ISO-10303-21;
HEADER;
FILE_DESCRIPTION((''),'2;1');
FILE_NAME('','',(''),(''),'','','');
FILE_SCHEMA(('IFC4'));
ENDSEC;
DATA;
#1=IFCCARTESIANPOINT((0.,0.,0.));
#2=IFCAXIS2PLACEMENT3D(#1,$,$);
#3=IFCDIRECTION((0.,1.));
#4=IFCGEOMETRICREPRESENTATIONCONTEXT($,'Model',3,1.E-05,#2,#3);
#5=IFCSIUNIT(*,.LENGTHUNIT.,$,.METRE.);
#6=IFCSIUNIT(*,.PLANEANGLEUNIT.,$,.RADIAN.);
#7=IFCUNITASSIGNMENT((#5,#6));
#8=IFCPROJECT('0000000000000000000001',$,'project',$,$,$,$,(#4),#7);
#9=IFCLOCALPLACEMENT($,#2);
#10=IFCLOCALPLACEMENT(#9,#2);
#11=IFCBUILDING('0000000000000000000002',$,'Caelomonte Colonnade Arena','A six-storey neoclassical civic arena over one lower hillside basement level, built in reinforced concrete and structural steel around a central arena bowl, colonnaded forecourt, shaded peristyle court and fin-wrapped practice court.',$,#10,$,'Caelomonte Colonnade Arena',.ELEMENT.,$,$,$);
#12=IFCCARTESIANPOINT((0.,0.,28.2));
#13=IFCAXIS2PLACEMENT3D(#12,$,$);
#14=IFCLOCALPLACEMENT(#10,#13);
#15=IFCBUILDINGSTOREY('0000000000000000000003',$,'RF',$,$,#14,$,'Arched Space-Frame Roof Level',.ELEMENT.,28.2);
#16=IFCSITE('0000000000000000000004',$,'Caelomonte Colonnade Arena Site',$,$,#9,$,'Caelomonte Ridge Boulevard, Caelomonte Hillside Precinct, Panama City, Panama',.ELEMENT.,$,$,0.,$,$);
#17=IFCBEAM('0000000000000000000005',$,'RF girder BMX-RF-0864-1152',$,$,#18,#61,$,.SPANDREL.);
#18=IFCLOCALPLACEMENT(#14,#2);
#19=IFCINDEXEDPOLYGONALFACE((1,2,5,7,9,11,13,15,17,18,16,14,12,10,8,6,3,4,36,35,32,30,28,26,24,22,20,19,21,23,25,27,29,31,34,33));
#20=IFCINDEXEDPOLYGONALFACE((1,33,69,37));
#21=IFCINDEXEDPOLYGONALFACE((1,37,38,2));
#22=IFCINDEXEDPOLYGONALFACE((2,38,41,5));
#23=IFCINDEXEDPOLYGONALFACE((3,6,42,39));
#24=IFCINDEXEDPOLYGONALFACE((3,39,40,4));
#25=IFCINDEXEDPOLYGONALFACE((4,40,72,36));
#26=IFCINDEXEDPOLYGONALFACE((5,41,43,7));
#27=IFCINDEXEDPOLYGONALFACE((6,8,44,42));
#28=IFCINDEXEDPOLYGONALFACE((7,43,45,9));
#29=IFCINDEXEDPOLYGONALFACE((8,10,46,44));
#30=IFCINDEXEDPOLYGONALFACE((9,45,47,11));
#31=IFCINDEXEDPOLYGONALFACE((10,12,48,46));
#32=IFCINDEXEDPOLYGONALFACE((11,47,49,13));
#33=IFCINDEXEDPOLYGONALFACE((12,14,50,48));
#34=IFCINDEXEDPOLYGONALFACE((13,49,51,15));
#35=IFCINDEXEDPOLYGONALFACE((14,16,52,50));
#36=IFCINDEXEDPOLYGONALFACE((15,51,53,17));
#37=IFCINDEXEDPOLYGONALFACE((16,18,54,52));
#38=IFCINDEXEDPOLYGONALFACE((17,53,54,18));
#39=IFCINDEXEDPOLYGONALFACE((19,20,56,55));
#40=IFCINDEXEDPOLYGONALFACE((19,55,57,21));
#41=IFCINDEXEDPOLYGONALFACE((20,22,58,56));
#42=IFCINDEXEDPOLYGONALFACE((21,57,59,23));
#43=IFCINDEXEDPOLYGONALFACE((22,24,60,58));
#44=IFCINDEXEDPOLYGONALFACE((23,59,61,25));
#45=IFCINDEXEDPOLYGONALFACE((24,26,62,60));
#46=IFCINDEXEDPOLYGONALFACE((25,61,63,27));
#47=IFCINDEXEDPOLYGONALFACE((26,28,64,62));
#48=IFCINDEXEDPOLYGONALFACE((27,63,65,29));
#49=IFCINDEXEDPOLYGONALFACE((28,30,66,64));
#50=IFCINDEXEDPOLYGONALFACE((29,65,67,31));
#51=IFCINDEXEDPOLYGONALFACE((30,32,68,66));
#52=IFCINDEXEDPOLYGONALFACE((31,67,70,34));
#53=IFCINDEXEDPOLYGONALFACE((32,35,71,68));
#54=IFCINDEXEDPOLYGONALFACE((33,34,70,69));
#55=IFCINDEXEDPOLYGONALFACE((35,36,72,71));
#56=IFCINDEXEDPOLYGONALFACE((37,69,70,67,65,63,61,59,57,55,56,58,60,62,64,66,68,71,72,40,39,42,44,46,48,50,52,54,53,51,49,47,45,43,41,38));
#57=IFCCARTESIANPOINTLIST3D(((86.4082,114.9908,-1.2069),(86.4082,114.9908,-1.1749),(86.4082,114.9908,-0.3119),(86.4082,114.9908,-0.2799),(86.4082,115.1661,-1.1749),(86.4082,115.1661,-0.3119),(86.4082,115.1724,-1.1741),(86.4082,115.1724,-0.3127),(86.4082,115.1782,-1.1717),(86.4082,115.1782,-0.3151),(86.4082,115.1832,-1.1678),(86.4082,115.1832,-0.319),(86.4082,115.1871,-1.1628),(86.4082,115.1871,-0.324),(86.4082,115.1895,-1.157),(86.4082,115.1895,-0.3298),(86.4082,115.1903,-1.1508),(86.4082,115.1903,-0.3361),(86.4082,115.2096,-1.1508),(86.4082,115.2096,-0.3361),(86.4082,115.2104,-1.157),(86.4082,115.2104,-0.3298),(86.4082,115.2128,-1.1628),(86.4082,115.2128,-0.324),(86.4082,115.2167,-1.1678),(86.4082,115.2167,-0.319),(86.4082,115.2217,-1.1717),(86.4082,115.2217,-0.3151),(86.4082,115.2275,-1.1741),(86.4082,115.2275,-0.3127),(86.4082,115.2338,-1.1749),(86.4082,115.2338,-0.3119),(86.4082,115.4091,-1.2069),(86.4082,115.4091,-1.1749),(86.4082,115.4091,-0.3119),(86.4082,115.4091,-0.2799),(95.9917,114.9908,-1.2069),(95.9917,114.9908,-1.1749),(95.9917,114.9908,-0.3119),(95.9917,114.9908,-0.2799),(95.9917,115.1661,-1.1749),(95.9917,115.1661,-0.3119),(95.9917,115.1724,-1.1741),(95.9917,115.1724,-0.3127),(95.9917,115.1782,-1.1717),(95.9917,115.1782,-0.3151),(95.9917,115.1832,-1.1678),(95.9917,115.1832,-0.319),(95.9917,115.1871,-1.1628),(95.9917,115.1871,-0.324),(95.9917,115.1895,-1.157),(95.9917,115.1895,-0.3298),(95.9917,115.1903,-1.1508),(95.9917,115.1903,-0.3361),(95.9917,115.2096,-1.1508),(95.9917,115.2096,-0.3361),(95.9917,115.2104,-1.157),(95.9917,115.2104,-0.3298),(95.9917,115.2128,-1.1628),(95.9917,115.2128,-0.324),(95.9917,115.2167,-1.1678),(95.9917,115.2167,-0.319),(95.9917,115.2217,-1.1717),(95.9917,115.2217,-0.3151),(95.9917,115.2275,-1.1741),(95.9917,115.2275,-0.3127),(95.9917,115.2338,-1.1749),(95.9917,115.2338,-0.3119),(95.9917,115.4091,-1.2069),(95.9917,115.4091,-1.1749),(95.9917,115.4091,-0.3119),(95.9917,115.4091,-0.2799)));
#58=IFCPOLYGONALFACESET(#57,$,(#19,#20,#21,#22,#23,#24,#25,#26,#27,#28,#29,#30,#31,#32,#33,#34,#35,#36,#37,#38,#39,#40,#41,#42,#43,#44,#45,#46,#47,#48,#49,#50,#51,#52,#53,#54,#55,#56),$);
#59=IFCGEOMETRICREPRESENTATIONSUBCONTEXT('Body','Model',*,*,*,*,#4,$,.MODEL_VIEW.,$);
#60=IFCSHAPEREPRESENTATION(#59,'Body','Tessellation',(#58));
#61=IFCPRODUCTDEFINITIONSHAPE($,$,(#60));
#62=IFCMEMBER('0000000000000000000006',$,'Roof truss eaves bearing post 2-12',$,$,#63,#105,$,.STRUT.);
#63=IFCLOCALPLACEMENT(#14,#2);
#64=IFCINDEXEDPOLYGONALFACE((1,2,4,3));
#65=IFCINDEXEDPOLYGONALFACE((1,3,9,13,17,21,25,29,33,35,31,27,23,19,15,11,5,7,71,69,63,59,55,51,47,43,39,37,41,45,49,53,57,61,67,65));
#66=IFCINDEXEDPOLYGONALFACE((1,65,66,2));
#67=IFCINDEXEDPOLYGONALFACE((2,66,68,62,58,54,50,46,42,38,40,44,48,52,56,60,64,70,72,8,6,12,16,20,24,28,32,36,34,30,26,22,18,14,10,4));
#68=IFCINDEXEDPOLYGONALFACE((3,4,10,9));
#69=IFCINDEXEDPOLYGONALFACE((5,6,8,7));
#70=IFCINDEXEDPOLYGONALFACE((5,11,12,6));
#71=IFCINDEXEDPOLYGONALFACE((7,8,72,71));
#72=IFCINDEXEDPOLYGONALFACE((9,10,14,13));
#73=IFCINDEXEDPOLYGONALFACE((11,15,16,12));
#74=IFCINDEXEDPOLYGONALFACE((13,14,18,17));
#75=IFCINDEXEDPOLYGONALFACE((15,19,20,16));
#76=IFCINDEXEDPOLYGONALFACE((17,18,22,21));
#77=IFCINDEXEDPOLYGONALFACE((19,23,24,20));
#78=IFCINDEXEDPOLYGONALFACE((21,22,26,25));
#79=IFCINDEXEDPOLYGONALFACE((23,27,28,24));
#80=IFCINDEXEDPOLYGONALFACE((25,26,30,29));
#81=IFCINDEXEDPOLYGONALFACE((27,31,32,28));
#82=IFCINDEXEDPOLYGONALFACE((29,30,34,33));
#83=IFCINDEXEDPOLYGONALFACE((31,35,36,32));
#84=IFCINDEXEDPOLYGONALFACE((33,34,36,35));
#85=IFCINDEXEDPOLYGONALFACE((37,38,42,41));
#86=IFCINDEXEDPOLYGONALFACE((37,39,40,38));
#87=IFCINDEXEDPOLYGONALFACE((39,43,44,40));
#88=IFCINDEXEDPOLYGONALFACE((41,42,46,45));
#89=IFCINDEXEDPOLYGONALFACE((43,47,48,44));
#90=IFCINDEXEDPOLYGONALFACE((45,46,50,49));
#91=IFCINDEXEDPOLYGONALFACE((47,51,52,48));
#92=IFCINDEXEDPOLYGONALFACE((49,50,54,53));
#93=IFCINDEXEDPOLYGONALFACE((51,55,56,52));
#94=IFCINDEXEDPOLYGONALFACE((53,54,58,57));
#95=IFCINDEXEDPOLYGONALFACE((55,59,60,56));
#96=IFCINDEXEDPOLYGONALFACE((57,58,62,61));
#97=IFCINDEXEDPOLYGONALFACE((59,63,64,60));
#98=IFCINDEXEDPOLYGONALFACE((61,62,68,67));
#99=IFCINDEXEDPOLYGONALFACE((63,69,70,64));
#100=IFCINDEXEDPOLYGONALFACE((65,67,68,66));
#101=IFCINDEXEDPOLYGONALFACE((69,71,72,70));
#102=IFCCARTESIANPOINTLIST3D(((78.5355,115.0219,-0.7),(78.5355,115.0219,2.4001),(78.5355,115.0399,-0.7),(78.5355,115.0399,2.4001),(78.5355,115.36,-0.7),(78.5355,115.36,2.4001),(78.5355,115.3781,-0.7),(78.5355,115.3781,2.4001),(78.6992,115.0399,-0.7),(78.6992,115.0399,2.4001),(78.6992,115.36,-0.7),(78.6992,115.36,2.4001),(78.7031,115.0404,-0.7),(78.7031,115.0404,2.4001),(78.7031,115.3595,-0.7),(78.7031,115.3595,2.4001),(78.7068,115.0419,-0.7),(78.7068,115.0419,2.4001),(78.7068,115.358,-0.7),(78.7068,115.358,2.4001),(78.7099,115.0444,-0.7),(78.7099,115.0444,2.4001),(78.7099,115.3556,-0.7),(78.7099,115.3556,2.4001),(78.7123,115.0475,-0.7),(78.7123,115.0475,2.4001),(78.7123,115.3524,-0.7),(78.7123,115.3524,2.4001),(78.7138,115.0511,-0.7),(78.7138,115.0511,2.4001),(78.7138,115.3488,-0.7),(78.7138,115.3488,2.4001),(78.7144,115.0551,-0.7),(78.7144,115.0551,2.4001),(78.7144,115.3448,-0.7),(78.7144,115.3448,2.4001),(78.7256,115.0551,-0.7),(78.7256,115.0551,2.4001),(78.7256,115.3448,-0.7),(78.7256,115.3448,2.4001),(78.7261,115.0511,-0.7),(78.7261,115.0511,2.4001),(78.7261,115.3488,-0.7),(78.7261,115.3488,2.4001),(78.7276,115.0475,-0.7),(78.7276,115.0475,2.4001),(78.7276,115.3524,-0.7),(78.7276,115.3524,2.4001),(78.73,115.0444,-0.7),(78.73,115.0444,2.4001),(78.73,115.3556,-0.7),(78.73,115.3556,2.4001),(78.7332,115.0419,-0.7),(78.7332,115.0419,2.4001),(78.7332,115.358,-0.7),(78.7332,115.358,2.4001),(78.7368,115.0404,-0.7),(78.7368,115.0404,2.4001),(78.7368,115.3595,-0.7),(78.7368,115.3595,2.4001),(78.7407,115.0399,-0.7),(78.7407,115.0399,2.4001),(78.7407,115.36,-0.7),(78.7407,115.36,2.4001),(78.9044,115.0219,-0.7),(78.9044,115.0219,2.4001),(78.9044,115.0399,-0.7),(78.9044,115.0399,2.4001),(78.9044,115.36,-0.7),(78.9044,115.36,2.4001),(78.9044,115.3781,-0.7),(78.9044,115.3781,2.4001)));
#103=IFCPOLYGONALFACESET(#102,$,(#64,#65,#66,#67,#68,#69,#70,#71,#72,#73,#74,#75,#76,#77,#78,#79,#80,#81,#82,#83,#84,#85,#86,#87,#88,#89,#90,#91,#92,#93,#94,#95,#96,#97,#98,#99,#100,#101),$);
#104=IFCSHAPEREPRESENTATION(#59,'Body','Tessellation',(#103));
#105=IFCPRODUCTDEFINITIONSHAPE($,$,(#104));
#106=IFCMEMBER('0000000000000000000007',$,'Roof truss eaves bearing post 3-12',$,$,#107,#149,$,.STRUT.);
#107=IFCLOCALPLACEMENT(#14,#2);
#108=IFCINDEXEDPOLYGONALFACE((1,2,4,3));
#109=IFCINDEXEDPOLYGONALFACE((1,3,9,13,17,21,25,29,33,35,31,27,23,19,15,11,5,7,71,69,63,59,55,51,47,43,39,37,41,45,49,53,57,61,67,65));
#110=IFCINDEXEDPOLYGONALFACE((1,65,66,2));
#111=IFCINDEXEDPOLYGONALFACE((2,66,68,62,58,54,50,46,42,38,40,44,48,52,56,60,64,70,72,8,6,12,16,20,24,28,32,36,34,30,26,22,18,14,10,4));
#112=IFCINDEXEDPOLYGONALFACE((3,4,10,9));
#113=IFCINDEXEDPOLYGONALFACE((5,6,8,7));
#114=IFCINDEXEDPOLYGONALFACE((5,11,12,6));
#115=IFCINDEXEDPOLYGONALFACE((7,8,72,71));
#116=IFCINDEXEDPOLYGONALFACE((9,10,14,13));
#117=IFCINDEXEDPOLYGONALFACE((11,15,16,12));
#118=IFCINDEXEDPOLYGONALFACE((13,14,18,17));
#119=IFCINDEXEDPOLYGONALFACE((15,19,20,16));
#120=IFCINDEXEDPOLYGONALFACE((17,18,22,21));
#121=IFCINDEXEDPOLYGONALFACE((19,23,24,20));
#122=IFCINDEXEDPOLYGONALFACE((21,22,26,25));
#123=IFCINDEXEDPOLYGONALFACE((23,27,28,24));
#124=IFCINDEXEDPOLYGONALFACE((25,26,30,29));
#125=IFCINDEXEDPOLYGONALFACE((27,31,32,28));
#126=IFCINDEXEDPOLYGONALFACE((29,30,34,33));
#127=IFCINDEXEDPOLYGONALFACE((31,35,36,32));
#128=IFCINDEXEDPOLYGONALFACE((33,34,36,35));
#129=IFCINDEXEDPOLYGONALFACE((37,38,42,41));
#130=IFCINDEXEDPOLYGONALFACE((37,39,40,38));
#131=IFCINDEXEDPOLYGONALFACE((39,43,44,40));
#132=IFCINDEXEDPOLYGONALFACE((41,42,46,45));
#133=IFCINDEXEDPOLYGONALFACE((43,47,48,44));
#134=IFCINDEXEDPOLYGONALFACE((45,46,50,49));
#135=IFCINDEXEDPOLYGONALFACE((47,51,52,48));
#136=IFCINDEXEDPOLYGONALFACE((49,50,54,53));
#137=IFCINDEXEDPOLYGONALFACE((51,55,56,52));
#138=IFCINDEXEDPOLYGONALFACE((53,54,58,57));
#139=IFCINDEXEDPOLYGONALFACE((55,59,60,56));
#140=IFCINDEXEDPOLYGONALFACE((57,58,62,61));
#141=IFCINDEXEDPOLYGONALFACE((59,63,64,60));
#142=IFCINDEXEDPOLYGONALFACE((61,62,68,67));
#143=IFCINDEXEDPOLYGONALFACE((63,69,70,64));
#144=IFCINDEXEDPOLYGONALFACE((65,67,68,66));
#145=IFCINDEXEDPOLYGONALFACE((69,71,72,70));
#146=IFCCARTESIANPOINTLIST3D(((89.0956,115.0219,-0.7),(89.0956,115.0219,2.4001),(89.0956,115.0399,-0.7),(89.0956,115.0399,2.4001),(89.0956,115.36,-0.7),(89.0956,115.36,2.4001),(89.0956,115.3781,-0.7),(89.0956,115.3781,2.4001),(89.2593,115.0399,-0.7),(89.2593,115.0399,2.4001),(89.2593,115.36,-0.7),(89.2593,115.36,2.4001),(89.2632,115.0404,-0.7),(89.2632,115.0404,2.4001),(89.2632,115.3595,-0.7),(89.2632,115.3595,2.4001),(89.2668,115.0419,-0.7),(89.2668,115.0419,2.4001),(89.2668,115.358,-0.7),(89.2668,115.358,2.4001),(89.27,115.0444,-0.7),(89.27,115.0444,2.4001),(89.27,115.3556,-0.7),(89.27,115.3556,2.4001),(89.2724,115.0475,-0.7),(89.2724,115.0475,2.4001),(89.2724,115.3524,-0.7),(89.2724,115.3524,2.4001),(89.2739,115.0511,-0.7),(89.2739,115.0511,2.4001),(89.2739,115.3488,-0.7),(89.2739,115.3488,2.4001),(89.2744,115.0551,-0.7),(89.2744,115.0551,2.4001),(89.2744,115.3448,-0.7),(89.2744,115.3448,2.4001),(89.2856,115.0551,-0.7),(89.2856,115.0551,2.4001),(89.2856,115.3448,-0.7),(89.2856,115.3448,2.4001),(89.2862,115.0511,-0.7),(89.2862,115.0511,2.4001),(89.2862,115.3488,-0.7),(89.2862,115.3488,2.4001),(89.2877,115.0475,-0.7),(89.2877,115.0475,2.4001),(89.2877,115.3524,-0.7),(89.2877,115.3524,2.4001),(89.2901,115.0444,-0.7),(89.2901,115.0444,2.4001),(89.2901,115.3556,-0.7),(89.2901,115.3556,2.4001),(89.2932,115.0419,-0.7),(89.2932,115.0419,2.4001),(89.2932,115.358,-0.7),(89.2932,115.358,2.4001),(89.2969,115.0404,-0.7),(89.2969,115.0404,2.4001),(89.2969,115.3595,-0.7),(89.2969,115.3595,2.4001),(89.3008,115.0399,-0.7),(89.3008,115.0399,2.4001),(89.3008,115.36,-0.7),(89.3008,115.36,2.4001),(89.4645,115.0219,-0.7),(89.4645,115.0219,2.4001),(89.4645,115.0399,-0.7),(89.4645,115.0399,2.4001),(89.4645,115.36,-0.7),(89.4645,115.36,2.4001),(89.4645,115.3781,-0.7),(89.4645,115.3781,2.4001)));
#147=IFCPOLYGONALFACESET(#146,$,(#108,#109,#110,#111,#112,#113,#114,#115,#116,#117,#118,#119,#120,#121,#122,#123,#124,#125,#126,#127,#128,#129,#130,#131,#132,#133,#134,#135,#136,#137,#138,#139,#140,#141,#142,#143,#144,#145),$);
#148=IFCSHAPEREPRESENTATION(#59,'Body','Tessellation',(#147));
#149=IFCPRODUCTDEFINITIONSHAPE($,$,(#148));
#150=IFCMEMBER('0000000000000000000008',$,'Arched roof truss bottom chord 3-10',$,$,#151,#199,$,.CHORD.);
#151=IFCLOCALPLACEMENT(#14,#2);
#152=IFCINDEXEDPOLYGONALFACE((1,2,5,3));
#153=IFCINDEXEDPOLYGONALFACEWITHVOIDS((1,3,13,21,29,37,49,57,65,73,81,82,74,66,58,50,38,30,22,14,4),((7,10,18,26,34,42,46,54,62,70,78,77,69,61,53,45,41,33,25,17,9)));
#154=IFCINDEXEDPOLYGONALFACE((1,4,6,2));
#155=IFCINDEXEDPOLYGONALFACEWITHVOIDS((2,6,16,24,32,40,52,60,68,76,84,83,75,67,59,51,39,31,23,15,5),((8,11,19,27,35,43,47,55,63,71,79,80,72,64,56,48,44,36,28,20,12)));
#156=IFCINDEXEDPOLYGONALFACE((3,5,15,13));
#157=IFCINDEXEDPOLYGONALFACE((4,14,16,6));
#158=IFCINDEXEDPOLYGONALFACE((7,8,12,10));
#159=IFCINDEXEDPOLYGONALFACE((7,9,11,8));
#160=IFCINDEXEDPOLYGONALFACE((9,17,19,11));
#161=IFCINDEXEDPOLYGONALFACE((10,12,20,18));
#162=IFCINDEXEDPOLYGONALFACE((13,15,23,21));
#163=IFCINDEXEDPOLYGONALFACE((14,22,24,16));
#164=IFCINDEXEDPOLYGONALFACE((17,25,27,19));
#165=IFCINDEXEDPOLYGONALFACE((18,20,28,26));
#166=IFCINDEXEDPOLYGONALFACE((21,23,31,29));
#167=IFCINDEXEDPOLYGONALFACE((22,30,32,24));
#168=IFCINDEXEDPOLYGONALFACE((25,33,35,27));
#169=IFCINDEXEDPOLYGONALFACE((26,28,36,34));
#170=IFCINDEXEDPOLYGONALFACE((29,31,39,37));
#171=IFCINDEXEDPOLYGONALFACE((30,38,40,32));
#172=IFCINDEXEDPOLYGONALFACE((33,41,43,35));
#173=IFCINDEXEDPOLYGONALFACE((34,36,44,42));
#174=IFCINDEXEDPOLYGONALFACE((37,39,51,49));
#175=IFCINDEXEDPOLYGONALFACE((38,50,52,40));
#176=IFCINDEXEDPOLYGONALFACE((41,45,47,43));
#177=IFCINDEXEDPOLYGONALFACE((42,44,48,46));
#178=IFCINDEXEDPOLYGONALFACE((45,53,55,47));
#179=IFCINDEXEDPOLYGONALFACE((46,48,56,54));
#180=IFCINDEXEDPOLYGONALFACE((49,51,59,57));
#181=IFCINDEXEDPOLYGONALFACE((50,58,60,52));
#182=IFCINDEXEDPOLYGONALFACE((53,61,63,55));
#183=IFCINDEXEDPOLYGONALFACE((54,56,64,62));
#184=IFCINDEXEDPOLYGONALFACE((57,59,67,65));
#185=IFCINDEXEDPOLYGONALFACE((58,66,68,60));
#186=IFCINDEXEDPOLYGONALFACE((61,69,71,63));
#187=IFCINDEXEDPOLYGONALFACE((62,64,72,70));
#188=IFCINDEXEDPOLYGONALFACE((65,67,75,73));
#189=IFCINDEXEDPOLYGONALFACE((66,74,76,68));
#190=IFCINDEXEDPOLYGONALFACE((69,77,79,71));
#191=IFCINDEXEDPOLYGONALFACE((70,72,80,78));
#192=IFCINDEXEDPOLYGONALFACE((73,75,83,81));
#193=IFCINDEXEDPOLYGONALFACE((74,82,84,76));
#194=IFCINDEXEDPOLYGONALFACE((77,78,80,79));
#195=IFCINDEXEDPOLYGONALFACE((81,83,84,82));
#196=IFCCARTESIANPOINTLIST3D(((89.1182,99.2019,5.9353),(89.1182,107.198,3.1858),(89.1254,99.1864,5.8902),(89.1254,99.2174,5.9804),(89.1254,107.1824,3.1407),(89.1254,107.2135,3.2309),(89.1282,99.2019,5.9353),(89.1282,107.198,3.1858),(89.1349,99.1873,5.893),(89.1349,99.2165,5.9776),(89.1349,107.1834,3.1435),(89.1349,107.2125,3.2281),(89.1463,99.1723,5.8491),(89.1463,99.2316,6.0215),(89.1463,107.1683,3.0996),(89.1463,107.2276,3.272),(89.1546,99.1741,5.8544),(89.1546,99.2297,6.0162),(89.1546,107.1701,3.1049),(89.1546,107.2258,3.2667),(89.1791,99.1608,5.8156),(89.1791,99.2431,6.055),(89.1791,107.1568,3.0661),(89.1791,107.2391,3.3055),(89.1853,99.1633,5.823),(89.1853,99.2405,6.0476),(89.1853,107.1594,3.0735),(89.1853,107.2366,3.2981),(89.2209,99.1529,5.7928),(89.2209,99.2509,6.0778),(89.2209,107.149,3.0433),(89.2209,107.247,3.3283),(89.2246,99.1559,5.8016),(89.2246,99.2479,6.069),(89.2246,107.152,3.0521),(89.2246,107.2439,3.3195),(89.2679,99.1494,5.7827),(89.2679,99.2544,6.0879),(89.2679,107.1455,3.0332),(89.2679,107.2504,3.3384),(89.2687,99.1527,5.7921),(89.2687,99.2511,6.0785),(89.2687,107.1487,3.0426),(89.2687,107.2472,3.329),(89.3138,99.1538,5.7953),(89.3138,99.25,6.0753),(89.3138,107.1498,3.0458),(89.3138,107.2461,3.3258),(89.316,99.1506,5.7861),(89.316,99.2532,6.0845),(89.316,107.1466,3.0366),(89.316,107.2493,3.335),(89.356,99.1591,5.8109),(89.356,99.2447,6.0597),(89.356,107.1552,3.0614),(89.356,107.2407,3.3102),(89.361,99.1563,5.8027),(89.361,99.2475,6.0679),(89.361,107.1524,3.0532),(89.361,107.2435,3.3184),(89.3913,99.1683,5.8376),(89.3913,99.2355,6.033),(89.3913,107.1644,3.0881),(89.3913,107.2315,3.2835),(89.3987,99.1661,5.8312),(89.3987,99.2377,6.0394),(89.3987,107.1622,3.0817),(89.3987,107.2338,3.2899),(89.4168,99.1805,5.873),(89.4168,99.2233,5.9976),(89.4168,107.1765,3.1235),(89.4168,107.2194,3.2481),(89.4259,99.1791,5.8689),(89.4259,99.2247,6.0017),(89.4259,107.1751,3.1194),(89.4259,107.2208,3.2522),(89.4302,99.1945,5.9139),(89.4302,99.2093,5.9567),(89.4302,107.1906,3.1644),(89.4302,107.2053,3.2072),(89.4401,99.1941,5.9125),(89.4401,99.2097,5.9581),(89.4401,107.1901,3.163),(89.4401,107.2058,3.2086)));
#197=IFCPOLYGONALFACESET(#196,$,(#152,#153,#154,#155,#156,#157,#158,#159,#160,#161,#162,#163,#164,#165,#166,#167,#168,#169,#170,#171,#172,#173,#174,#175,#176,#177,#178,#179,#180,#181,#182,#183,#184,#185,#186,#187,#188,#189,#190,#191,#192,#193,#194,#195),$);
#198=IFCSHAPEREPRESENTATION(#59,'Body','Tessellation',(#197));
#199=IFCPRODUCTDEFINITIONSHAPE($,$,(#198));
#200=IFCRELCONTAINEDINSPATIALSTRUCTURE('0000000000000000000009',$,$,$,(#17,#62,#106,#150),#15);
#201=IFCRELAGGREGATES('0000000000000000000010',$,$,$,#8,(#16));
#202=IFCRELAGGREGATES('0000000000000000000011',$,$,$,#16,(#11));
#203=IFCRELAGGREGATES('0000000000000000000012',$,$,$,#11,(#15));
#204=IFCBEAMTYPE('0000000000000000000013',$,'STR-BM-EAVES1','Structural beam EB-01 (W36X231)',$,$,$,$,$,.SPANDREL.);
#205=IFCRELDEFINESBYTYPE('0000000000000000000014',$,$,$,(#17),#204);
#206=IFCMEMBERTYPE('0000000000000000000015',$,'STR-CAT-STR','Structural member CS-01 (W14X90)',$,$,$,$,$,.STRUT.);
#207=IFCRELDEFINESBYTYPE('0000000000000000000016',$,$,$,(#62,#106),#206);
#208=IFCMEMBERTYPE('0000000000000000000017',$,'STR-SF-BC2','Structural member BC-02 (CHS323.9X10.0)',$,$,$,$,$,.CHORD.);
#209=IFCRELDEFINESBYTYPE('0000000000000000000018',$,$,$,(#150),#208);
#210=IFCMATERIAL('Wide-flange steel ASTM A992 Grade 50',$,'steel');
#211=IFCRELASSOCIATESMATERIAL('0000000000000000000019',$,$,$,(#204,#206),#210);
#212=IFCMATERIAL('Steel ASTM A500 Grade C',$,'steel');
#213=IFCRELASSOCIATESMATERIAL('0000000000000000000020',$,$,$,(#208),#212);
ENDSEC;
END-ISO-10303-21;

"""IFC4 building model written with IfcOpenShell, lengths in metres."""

from ifc_helpers import new_model, si_unit, direction, frame, origin, origin_2d, place, context, subcontext, project, spatial, hollow_circle, i_section, extrude, material, material_profile, profile_set, type_object, element, save


model = new_model("IFC4")

# Units and contexts
model_context = context("Model", 3, precision=1e-05, world=origin(), true_north=direction((0.0, 1.0)))
body_context = subcontext(model_context, "Body", "Model", "MODEL_VIEW")
ifc_project = project(units=[si_unit("LENGTHUNIT", "METRE"), si_unit("PLANEANGLEUNIT", "RADIAN")], contexts=[model_context])

# Site, building, storey
site_placement = place(None, origin())
site = spatial("IfcSite", under=ifc_project, at=site_placement, Name="Caelomonte Colonnade Arena Site", LongName="Caelomonte Ridge Boulevard, Caelomonte Hillside Precinct, Panama City, Panama", CompositionType="ELEMENT", RefElevation=0.0)
building_placement = place(site_placement, origin())
building = spatial("IfcBuilding", under=site, at=building_placement, Name="Caelomonte Colonnade Arena", Description="A six-storey neoclassical civic arena over one lower hillside basement level, built in reinforced concrete and structural steel around a central arena bowl, colonnaded forecourt, shaded peristyle court and fin-wrapped practice court.", LongName="Caelomonte Colonnade Arena", CompositionType="ELEMENT")
storey_placement = place(building_placement, frame((0.0, 0.0, 28.2)))
storey = spatial("IfcBuildingStorey", under=building, at=storey_placement, Name="RF", LongName="Arched Space-Frame Roof Level", CompositionType="ELEMENT", Elevation=28.2)

# Beam
ifc_material_1 = material(Name="Wide-flange steel ASTM A992 Grade 50", Category="steel")
ifc_material_profile_1 = material_profile(ifc_material_1, i_section(OverallWidth=0.4182, OverallDepth=0.927, WebThickness=0.0193, FlangeThickness=0.032, FilletRadius=0.0242, at=origin_2d()), Name="W36X231")
ifc_profile_set_1 = profile_set([ifc_material_profile_1], Name="Wide-flange steel ASTM A992 Grade 50")
beam_type = type_object("IfcBeamType", Name="STR-BM-EAVES1", Description="Structural beam EB-01 (W36X231)", PredefinedType="SPANDREL", material=ifc_profile_set_1)
beam_placement = place(storey_placement, frame((86.4082, 115.2, -0.7434), z_axis=(1.0, 0.0, 0.0), x_axis=(0.0, 1.0, 0.0)))
element("IfcBeam", 1, at=beam_placement, inside=storey, type_object=beam_type, Name="RF girder BMX-RF-0864-1152", PredefinedType="SPANDREL", context=body_context, shape_type="SweptSolid", body=[
    extrude(i_section(OverallWidth=0.4182, OverallDepth=0.927, WebThickness=0.0193, FlangeThickness=0.032, FilletRadius=0.0242, at=origin_2d()), origin(), (0.0, 0.0, 1.0), 9.5835),
])

# Members
ifc_material_profile_2 = material_profile(ifc_material_1, i_section(OverallWidth=0.3689, OverallDepth=0.3562, WebThickness=0.0112, FlangeThickness=0.0181, FilletRadius=0.0151, at=origin_2d()), Name="W14X90")
ifc_profile_set_2 = profile_set([ifc_material_profile_2], Name="Wide-flange steel ASTM A992 Grade 50")
member_type_1 = type_object("IfcMemberType", Name="STR-CAT-STR", Description="Structural member CS-01 (W14X90)", PredefinedType="STRUT", material=ifc_profile_set_2)
for number, where, z_axis, x_axis, name in (
    (2, (78.72, 115.2, -0.7), (0.0, 0.0, 1.0), (1.0, 0.0, 0.0), "Roof truss eaves bearing post 2-12"),
    (3, (89.28, 115.2, -0.7), (0.0, 0.0, 1.0), (1.0, 0.0, 0.0), "Roof truss eaves bearing post 3-12"),
):
    element("IfcMember", number, at=place(storey_placement, frame(where, z_axis=z_axis, x_axis=x_axis)), inside=storey, type_object=member_type_1, Name=name, PredefinedType="STRUT", context=body_context, shape_type="SweptSolid", body=[
        extrude(i_section(OverallWidth=0.3689, OverallDepth=0.3562, WebThickness=0.0112, FlangeThickness=0.0181, FilletRadius=0.0151, at=origin_2d()), origin(), (0.0, 0.0, 1.0), 3.1001),
    ])
ifc_material_2 = material(Name="Steel ASTM A500 Grade C", Category="steel")
ifc_material_profile_3 = material_profile(ifc_material_2, hollow_circle(Radius=0.1619, WallThickness=0.01, at=origin_2d()), Name="CHS323.9X10.0")
ifc_profile_set_3 = profile_set([ifc_material_profile_3], Name="Steel ASTM A500 Grade C")
member_type_2 = type_object("IfcMemberType", Name="STR-SF-BC2", Description="Structural member BC-02 (CHS323.9X10.0)", PredefinedType="CHORD", material=ifc_profile_set_3)
member_1_placement = place(storey_placement, frame((89.28, 99.2019, 5.9353), z_axis=(0.0, 0.945656, -0.32517), x_axis=(-1.0, 0.0, 0.0)))
element("IfcMember", 4, at=member_1_placement, inside=storey, type_object=member_type_2, Name="Arched roof truss bottom chord 3-10", PredefinedType="CHORD", context=body_context, shape_type="SweptSolid", body=[
    extrude(hollow_circle(Radius=0.1619, WallThickness=0.01, at=origin_2d()), origin(), (0.0, 0.0, 1.0), 8.4556),
])

save(model, "model.ifc")
